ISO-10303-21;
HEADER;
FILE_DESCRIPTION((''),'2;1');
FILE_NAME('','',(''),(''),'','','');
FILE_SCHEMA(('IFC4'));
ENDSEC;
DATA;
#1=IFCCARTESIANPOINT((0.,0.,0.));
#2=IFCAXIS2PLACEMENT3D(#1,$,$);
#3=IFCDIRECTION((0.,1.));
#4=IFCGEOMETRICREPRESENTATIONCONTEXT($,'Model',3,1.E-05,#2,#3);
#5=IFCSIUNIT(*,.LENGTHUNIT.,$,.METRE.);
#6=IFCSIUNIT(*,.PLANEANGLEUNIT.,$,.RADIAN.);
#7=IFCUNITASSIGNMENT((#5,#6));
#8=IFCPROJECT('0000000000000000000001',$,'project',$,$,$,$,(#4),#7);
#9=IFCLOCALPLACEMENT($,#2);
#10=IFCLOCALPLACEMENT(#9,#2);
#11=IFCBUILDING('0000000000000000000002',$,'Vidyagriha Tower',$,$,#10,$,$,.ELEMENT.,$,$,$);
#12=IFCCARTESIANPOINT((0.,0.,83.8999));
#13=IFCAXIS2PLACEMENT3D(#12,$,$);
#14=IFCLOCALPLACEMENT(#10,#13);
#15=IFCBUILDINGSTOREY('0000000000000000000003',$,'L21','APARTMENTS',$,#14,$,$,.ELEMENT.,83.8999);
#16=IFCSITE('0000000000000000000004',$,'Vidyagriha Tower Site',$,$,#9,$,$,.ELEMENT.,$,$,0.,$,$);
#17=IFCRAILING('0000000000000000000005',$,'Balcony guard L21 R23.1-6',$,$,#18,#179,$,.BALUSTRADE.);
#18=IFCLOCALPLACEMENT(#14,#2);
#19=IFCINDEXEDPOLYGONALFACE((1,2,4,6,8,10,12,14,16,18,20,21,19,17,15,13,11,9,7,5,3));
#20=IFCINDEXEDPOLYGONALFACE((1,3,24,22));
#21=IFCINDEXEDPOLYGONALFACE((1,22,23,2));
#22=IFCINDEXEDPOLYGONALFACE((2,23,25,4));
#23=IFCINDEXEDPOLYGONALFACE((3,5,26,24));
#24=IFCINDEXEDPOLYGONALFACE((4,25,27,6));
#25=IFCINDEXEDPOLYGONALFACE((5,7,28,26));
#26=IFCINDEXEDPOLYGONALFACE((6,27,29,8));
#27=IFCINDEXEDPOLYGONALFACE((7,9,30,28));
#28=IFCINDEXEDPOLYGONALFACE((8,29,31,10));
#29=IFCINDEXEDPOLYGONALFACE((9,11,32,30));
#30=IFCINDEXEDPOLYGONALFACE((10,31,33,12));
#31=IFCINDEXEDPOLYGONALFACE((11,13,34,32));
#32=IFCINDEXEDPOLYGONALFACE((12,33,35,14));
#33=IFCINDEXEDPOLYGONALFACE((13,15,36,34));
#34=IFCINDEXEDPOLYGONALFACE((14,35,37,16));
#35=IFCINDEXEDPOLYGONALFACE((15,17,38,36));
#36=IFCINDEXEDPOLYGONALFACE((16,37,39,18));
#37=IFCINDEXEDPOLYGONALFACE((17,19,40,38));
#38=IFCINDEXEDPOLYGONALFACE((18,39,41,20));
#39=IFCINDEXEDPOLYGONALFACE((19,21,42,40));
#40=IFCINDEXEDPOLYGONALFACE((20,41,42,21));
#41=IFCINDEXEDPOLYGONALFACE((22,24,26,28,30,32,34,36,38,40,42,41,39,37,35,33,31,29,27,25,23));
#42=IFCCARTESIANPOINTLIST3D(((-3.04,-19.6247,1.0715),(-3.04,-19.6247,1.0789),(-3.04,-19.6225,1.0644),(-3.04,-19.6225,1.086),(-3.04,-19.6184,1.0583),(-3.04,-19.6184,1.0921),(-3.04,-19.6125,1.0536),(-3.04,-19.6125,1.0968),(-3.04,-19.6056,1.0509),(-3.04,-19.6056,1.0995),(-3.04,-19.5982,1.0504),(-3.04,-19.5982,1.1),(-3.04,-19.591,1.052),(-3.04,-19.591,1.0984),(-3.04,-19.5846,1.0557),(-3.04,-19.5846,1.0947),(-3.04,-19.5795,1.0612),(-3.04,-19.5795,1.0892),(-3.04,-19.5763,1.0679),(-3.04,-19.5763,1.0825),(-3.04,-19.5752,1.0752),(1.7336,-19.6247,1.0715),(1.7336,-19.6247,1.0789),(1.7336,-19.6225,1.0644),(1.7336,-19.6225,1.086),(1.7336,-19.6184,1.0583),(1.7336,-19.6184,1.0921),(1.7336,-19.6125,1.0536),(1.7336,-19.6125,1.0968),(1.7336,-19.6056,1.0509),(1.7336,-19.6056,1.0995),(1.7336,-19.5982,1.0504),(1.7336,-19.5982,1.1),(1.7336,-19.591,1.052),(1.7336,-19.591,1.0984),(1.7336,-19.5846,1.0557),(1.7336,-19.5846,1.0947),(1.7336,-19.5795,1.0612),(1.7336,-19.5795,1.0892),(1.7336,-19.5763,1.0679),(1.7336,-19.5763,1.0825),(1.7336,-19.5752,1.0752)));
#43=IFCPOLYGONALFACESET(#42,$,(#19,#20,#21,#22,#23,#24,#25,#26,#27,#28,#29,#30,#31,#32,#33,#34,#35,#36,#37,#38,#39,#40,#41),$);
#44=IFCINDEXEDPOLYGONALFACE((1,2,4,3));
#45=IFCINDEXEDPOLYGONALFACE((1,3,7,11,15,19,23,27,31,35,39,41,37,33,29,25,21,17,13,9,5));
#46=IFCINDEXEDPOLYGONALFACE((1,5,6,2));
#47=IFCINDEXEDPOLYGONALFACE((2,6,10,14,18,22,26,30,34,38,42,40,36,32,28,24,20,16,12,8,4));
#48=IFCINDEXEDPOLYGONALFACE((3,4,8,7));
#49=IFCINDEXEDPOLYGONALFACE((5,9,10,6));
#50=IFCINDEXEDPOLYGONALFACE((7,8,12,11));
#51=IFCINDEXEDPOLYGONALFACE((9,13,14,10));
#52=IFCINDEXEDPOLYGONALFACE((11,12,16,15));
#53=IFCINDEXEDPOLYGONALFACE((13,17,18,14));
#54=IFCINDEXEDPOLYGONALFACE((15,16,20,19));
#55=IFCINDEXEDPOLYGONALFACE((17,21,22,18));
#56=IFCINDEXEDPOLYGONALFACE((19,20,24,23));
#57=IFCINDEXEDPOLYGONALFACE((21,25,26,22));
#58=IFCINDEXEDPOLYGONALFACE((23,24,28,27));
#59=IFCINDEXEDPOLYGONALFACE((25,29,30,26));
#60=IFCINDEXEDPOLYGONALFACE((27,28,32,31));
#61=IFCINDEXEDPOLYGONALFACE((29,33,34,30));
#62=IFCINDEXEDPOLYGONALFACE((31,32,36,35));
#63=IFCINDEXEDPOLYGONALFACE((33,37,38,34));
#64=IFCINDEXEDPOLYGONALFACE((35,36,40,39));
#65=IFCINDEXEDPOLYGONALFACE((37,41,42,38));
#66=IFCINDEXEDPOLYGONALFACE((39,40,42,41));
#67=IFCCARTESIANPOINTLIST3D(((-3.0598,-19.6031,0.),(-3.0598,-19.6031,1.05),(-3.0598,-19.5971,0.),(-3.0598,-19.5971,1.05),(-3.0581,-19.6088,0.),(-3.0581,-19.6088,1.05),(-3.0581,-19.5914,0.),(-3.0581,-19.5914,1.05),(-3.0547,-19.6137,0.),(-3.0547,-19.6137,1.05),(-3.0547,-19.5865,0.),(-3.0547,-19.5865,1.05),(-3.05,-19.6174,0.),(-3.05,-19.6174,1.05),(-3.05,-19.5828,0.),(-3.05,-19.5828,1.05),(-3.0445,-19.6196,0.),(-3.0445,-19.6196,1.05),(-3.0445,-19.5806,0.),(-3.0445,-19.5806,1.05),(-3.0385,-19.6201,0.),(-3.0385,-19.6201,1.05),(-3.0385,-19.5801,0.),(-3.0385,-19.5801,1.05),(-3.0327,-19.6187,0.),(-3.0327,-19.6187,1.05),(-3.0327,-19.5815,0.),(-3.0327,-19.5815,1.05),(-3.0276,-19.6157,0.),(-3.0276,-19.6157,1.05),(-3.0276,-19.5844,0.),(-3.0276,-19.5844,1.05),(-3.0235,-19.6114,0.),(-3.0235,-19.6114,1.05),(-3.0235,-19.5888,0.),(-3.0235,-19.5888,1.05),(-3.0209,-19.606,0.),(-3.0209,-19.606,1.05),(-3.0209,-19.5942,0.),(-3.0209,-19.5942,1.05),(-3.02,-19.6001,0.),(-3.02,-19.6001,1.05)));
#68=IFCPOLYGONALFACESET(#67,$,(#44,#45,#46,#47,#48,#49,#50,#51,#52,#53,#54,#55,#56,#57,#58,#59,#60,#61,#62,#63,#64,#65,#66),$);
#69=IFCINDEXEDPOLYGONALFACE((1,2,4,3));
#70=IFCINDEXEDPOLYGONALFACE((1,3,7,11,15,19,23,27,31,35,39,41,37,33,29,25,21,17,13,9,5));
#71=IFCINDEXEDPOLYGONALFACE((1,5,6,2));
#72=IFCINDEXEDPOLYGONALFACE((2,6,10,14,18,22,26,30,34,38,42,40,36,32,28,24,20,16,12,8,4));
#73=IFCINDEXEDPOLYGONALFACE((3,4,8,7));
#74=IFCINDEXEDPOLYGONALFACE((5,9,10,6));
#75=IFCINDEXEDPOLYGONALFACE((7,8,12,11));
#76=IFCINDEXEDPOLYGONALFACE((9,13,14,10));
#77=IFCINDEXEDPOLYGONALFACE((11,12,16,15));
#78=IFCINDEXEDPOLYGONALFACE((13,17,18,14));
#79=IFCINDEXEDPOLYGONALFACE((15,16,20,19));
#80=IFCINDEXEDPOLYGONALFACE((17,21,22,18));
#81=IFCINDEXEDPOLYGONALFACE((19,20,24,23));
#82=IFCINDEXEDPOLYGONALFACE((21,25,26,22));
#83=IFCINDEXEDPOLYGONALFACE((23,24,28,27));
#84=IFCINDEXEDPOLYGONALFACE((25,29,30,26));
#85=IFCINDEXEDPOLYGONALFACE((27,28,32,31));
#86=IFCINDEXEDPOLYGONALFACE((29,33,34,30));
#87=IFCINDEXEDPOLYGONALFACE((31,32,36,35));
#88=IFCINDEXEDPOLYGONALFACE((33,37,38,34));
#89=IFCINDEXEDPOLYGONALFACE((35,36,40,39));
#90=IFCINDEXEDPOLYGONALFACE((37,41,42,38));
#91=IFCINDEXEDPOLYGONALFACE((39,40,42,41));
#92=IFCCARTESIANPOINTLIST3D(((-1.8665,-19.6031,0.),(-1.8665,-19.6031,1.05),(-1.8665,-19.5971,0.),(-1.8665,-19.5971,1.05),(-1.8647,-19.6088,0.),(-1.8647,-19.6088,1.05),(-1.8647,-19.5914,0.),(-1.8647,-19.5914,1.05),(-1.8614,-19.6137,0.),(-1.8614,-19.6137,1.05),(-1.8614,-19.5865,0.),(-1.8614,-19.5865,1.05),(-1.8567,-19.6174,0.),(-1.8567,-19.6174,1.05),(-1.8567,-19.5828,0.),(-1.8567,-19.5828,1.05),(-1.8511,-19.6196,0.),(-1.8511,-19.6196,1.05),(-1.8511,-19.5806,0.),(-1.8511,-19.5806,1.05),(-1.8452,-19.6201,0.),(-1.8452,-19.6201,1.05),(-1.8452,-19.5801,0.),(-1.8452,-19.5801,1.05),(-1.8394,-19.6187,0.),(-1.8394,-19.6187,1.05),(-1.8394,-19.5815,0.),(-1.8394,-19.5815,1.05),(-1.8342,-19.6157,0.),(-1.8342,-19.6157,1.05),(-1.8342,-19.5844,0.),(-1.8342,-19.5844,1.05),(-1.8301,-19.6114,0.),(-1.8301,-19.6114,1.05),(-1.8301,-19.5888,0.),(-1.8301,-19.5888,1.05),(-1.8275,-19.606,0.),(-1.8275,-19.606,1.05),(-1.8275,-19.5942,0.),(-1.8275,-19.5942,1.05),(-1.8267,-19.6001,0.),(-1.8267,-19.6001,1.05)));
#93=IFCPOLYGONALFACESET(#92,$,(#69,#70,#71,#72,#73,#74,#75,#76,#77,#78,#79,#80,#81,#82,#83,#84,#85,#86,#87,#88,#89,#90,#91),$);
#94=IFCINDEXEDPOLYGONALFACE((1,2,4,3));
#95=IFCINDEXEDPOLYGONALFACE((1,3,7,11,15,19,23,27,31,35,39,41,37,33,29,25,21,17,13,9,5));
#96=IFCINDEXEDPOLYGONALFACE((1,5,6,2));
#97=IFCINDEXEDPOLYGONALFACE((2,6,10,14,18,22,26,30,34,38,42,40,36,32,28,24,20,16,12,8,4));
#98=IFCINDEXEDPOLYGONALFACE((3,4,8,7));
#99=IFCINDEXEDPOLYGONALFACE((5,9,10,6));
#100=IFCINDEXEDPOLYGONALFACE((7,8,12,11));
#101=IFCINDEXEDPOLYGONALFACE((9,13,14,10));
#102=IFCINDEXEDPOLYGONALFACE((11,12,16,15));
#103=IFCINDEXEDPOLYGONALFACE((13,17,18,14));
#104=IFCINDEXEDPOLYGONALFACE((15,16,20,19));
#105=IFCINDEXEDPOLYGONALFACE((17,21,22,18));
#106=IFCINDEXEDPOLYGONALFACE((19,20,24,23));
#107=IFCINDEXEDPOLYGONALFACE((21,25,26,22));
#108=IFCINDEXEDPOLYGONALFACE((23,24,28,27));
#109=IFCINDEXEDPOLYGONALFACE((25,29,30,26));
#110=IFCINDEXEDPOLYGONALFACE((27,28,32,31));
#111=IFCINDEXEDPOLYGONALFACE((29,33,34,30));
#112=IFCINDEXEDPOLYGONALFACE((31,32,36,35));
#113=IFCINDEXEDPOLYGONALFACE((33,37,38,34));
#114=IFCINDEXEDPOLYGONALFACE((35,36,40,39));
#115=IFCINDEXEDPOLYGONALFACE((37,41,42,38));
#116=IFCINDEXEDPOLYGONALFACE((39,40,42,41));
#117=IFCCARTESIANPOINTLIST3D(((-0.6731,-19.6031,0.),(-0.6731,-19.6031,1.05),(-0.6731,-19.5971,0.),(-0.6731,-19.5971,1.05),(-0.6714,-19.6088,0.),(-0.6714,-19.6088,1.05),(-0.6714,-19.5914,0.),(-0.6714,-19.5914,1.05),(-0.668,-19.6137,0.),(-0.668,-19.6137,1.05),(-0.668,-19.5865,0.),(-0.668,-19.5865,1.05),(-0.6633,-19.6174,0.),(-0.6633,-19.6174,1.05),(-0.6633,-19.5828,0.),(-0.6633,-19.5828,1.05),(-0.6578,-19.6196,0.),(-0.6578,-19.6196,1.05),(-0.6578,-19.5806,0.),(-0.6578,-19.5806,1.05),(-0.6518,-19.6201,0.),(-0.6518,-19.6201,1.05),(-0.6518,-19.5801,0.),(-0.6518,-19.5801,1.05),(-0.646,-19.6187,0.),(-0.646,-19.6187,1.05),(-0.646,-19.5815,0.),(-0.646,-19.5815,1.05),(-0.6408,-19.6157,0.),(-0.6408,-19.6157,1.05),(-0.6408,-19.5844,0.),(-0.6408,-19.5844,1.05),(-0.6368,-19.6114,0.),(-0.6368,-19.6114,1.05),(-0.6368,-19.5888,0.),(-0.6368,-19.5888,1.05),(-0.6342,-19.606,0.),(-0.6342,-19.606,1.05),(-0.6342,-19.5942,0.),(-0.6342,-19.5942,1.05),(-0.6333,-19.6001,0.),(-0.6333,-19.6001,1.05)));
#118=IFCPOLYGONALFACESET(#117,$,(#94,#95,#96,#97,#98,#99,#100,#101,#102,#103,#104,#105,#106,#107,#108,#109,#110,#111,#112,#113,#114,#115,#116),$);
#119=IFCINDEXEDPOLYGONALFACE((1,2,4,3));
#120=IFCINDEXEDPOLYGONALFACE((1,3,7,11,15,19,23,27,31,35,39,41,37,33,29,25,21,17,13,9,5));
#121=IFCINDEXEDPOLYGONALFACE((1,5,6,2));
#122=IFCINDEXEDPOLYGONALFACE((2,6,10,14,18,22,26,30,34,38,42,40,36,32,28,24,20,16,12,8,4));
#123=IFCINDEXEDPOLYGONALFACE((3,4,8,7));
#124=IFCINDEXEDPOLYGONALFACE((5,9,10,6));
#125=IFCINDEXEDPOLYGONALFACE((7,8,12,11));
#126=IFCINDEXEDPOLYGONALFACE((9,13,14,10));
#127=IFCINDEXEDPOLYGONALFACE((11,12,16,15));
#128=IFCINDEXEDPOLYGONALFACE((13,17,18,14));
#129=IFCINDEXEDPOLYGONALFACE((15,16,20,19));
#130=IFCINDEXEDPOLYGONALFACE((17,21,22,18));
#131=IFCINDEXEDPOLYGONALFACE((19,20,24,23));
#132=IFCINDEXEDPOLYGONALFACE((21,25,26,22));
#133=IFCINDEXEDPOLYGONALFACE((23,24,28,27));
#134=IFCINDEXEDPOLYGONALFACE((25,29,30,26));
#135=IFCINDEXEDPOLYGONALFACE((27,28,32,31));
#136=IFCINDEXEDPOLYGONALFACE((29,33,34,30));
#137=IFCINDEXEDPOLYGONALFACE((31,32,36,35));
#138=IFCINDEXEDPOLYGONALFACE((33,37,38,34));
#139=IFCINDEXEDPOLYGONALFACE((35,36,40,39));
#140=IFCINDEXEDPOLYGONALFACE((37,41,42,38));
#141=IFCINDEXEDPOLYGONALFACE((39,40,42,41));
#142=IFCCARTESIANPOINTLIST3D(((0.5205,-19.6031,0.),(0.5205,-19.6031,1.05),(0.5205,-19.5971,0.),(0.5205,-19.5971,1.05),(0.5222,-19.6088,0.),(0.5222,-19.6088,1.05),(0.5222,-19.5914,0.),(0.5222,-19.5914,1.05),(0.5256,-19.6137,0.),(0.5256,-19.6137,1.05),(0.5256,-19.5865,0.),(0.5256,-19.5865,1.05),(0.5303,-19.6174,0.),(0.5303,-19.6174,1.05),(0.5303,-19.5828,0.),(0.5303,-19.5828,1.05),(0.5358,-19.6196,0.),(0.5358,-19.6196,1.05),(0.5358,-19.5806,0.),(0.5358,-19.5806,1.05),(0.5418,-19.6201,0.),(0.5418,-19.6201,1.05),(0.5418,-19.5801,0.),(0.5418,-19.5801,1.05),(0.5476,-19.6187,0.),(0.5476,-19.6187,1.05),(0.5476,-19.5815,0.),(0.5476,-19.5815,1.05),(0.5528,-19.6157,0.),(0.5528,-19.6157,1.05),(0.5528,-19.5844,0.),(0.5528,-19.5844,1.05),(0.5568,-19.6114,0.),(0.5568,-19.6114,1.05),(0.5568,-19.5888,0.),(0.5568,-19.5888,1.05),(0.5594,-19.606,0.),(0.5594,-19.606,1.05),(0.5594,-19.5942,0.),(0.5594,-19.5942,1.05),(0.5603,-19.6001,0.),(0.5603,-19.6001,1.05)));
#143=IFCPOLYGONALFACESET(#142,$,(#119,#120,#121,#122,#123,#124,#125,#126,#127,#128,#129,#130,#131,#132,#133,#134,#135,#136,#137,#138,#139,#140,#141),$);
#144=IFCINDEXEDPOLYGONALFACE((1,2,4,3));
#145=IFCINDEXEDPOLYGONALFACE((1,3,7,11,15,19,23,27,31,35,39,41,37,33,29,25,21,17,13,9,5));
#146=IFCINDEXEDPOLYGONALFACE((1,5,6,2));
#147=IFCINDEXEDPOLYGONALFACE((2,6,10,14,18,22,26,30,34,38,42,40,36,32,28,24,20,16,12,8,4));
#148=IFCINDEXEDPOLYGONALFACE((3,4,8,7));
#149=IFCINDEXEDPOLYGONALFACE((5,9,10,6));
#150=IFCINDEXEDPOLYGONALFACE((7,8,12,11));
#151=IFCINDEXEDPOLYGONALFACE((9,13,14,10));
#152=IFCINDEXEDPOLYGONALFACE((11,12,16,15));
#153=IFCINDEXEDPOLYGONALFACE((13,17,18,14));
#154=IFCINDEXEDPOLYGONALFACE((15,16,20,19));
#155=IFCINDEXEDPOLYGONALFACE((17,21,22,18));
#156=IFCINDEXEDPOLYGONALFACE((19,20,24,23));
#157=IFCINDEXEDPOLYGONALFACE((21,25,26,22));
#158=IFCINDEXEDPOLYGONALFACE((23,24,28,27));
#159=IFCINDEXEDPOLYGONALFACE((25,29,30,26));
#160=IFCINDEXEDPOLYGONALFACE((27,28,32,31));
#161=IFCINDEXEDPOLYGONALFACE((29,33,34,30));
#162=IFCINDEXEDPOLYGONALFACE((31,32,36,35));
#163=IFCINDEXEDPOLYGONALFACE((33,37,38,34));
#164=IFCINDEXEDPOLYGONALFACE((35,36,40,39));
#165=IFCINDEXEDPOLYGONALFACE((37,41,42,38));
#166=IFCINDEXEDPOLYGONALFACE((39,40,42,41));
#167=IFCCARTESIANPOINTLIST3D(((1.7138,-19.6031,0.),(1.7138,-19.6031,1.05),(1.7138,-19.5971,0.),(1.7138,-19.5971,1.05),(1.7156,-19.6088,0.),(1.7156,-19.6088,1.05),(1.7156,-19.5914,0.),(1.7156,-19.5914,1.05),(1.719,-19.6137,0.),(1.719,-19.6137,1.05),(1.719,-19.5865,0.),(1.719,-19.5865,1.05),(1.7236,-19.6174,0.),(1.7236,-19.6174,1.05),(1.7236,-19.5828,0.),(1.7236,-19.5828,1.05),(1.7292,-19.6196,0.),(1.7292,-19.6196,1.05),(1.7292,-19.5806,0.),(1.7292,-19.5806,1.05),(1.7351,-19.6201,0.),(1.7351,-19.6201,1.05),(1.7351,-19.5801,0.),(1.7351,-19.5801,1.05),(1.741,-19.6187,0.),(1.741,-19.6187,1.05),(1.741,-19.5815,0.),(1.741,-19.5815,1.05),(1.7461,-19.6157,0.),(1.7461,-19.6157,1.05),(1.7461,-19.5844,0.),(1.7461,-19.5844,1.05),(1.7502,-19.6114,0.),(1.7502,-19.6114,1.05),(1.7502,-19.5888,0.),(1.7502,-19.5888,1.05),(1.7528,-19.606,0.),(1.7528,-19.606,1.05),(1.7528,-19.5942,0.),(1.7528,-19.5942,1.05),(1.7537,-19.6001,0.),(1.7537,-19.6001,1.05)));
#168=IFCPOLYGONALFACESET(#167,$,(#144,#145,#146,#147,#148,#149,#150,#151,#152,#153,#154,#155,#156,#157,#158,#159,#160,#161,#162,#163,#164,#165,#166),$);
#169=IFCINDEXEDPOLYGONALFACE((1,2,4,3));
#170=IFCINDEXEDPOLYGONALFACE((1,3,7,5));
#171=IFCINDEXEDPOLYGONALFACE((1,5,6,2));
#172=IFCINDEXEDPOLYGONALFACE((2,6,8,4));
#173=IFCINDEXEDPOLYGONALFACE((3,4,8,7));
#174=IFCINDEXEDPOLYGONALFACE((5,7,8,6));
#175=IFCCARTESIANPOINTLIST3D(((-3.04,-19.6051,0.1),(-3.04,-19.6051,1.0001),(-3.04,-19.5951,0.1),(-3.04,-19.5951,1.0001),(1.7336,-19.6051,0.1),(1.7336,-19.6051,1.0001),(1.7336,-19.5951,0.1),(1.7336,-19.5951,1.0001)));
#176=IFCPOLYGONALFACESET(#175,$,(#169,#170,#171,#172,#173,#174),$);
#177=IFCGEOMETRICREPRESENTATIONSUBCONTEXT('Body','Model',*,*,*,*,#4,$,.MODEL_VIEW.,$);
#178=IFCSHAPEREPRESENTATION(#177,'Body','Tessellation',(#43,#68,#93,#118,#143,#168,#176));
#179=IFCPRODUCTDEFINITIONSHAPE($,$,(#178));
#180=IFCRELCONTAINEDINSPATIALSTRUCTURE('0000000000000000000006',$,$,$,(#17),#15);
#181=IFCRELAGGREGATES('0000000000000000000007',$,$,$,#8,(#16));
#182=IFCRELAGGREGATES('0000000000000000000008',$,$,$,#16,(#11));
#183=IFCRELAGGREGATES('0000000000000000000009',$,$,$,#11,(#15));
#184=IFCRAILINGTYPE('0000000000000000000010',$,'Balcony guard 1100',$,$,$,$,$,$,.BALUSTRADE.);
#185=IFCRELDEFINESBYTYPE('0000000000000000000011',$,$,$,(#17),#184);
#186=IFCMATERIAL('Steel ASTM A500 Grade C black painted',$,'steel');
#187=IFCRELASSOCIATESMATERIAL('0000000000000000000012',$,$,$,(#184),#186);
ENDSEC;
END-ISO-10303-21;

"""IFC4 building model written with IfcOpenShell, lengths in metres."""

from ifc_helpers import new_model, si_unit, direction, frame, origin, origin_2d, place, context, subcontext, project, spatial, rectangle, circle, extrude, material, type_object, element, save


model = new_model("IFC4")

# Units and contexts
model_context = context("Model", 3, precision=1e-05, world=origin(), true_north=direction((0.0, 1.0)))
body_context = subcontext(model_context, "Body", "Model", "MODEL_VIEW")
ifc_project = project(units=[si_unit("LENGTHUNIT", "METRE"), si_unit("PLANEANGLEUNIT", "RADIAN")], contexts=[model_context])

# Site, building, storey
site_placement = place(None, origin())
site = spatial("IfcSite", under=ifc_project, at=site_placement, Name="Vidyagriha Tower Site", CompositionType="ELEMENT", RefElevation=0.0)
building_placement = place(site_placement, origin())
building = spatial("IfcBuilding", under=site, at=building_placement, Name="Vidyagriha Tower", CompositionType="ELEMENT")
storey_placement = place(building_placement, frame((0.0, 0.0, 83.8999)))
storey = spatial("IfcBuildingStorey", under=building, at=storey_placement, Name="L21", Description="APARTMENTS", CompositionType="ELEMENT", Elevation=83.8999)

# Railing
ifc_material_1 = material(Name="Steel ASTM A500 Grade C black painted", Category="steel")
railing_type = type_object("IfcRailingType", Name="Balcony guard 1100", PredefinedType="BALUSTRADE", material=ifc_material_1)
railing_1_placement = place(storey_placement, frame((-3.04, -19.6001, 0.0)))
element("IfcRailing", 1, at=railing_1_placement, inside=storey, type_object=railing_type, Name="Balcony guard L21 R23.1-6", PredefinedType="BALUSTRADE", context=body_context, shape_type="SweptSolid", body=[
    extrude(circle(Radius=0.0249, at=origin_2d()), frame((0.0, 0.0, 1.0752), z_axis=(1.0, 0.0, 0.0), x_axis=(0.0, 1.0, 0.0)), (0.0, 0.0, 1.0), 4.7737),
    extrude(circle(Radius=0.02, at=origin_2d()), origin(), (0.0, 0.0, 1.0), 1.05),
    extrude(circle(Radius=0.02, at=origin_2d()), frame((1.1934, 0.0, 0.0)), (0.0, 0.0, 1.0), 1.05),
    extrude(circle(Radius=0.02, at=origin_2d()), frame((2.3867, 0.0, 0.0)), (0.0, 0.0, 1.0), 1.05),
    extrude(circle(Radius=0.02, at=origin_2d()), frame((3.5803, 0.0, 0.0)), (0.0, 0.0, 1.0), 1.05),
    extrude(circle(Radius=0.02, at=origin_2d()), frame((4.7737, 0.0, 0.0)), (0.0, 0.0, 1.0), 1.05),
    extrude(rectangle(XDim=0.01, YDim=0.9001, at=origin_2d()), frame((0.0, 0.0, 0.55), z_axis=(1.0, 0.0, 0.0), x_axis=(0.0, 1.0, 0.0)), (0.0, 0.0, 1.0), 4.7737),
])

save(model, "model.ifc")
